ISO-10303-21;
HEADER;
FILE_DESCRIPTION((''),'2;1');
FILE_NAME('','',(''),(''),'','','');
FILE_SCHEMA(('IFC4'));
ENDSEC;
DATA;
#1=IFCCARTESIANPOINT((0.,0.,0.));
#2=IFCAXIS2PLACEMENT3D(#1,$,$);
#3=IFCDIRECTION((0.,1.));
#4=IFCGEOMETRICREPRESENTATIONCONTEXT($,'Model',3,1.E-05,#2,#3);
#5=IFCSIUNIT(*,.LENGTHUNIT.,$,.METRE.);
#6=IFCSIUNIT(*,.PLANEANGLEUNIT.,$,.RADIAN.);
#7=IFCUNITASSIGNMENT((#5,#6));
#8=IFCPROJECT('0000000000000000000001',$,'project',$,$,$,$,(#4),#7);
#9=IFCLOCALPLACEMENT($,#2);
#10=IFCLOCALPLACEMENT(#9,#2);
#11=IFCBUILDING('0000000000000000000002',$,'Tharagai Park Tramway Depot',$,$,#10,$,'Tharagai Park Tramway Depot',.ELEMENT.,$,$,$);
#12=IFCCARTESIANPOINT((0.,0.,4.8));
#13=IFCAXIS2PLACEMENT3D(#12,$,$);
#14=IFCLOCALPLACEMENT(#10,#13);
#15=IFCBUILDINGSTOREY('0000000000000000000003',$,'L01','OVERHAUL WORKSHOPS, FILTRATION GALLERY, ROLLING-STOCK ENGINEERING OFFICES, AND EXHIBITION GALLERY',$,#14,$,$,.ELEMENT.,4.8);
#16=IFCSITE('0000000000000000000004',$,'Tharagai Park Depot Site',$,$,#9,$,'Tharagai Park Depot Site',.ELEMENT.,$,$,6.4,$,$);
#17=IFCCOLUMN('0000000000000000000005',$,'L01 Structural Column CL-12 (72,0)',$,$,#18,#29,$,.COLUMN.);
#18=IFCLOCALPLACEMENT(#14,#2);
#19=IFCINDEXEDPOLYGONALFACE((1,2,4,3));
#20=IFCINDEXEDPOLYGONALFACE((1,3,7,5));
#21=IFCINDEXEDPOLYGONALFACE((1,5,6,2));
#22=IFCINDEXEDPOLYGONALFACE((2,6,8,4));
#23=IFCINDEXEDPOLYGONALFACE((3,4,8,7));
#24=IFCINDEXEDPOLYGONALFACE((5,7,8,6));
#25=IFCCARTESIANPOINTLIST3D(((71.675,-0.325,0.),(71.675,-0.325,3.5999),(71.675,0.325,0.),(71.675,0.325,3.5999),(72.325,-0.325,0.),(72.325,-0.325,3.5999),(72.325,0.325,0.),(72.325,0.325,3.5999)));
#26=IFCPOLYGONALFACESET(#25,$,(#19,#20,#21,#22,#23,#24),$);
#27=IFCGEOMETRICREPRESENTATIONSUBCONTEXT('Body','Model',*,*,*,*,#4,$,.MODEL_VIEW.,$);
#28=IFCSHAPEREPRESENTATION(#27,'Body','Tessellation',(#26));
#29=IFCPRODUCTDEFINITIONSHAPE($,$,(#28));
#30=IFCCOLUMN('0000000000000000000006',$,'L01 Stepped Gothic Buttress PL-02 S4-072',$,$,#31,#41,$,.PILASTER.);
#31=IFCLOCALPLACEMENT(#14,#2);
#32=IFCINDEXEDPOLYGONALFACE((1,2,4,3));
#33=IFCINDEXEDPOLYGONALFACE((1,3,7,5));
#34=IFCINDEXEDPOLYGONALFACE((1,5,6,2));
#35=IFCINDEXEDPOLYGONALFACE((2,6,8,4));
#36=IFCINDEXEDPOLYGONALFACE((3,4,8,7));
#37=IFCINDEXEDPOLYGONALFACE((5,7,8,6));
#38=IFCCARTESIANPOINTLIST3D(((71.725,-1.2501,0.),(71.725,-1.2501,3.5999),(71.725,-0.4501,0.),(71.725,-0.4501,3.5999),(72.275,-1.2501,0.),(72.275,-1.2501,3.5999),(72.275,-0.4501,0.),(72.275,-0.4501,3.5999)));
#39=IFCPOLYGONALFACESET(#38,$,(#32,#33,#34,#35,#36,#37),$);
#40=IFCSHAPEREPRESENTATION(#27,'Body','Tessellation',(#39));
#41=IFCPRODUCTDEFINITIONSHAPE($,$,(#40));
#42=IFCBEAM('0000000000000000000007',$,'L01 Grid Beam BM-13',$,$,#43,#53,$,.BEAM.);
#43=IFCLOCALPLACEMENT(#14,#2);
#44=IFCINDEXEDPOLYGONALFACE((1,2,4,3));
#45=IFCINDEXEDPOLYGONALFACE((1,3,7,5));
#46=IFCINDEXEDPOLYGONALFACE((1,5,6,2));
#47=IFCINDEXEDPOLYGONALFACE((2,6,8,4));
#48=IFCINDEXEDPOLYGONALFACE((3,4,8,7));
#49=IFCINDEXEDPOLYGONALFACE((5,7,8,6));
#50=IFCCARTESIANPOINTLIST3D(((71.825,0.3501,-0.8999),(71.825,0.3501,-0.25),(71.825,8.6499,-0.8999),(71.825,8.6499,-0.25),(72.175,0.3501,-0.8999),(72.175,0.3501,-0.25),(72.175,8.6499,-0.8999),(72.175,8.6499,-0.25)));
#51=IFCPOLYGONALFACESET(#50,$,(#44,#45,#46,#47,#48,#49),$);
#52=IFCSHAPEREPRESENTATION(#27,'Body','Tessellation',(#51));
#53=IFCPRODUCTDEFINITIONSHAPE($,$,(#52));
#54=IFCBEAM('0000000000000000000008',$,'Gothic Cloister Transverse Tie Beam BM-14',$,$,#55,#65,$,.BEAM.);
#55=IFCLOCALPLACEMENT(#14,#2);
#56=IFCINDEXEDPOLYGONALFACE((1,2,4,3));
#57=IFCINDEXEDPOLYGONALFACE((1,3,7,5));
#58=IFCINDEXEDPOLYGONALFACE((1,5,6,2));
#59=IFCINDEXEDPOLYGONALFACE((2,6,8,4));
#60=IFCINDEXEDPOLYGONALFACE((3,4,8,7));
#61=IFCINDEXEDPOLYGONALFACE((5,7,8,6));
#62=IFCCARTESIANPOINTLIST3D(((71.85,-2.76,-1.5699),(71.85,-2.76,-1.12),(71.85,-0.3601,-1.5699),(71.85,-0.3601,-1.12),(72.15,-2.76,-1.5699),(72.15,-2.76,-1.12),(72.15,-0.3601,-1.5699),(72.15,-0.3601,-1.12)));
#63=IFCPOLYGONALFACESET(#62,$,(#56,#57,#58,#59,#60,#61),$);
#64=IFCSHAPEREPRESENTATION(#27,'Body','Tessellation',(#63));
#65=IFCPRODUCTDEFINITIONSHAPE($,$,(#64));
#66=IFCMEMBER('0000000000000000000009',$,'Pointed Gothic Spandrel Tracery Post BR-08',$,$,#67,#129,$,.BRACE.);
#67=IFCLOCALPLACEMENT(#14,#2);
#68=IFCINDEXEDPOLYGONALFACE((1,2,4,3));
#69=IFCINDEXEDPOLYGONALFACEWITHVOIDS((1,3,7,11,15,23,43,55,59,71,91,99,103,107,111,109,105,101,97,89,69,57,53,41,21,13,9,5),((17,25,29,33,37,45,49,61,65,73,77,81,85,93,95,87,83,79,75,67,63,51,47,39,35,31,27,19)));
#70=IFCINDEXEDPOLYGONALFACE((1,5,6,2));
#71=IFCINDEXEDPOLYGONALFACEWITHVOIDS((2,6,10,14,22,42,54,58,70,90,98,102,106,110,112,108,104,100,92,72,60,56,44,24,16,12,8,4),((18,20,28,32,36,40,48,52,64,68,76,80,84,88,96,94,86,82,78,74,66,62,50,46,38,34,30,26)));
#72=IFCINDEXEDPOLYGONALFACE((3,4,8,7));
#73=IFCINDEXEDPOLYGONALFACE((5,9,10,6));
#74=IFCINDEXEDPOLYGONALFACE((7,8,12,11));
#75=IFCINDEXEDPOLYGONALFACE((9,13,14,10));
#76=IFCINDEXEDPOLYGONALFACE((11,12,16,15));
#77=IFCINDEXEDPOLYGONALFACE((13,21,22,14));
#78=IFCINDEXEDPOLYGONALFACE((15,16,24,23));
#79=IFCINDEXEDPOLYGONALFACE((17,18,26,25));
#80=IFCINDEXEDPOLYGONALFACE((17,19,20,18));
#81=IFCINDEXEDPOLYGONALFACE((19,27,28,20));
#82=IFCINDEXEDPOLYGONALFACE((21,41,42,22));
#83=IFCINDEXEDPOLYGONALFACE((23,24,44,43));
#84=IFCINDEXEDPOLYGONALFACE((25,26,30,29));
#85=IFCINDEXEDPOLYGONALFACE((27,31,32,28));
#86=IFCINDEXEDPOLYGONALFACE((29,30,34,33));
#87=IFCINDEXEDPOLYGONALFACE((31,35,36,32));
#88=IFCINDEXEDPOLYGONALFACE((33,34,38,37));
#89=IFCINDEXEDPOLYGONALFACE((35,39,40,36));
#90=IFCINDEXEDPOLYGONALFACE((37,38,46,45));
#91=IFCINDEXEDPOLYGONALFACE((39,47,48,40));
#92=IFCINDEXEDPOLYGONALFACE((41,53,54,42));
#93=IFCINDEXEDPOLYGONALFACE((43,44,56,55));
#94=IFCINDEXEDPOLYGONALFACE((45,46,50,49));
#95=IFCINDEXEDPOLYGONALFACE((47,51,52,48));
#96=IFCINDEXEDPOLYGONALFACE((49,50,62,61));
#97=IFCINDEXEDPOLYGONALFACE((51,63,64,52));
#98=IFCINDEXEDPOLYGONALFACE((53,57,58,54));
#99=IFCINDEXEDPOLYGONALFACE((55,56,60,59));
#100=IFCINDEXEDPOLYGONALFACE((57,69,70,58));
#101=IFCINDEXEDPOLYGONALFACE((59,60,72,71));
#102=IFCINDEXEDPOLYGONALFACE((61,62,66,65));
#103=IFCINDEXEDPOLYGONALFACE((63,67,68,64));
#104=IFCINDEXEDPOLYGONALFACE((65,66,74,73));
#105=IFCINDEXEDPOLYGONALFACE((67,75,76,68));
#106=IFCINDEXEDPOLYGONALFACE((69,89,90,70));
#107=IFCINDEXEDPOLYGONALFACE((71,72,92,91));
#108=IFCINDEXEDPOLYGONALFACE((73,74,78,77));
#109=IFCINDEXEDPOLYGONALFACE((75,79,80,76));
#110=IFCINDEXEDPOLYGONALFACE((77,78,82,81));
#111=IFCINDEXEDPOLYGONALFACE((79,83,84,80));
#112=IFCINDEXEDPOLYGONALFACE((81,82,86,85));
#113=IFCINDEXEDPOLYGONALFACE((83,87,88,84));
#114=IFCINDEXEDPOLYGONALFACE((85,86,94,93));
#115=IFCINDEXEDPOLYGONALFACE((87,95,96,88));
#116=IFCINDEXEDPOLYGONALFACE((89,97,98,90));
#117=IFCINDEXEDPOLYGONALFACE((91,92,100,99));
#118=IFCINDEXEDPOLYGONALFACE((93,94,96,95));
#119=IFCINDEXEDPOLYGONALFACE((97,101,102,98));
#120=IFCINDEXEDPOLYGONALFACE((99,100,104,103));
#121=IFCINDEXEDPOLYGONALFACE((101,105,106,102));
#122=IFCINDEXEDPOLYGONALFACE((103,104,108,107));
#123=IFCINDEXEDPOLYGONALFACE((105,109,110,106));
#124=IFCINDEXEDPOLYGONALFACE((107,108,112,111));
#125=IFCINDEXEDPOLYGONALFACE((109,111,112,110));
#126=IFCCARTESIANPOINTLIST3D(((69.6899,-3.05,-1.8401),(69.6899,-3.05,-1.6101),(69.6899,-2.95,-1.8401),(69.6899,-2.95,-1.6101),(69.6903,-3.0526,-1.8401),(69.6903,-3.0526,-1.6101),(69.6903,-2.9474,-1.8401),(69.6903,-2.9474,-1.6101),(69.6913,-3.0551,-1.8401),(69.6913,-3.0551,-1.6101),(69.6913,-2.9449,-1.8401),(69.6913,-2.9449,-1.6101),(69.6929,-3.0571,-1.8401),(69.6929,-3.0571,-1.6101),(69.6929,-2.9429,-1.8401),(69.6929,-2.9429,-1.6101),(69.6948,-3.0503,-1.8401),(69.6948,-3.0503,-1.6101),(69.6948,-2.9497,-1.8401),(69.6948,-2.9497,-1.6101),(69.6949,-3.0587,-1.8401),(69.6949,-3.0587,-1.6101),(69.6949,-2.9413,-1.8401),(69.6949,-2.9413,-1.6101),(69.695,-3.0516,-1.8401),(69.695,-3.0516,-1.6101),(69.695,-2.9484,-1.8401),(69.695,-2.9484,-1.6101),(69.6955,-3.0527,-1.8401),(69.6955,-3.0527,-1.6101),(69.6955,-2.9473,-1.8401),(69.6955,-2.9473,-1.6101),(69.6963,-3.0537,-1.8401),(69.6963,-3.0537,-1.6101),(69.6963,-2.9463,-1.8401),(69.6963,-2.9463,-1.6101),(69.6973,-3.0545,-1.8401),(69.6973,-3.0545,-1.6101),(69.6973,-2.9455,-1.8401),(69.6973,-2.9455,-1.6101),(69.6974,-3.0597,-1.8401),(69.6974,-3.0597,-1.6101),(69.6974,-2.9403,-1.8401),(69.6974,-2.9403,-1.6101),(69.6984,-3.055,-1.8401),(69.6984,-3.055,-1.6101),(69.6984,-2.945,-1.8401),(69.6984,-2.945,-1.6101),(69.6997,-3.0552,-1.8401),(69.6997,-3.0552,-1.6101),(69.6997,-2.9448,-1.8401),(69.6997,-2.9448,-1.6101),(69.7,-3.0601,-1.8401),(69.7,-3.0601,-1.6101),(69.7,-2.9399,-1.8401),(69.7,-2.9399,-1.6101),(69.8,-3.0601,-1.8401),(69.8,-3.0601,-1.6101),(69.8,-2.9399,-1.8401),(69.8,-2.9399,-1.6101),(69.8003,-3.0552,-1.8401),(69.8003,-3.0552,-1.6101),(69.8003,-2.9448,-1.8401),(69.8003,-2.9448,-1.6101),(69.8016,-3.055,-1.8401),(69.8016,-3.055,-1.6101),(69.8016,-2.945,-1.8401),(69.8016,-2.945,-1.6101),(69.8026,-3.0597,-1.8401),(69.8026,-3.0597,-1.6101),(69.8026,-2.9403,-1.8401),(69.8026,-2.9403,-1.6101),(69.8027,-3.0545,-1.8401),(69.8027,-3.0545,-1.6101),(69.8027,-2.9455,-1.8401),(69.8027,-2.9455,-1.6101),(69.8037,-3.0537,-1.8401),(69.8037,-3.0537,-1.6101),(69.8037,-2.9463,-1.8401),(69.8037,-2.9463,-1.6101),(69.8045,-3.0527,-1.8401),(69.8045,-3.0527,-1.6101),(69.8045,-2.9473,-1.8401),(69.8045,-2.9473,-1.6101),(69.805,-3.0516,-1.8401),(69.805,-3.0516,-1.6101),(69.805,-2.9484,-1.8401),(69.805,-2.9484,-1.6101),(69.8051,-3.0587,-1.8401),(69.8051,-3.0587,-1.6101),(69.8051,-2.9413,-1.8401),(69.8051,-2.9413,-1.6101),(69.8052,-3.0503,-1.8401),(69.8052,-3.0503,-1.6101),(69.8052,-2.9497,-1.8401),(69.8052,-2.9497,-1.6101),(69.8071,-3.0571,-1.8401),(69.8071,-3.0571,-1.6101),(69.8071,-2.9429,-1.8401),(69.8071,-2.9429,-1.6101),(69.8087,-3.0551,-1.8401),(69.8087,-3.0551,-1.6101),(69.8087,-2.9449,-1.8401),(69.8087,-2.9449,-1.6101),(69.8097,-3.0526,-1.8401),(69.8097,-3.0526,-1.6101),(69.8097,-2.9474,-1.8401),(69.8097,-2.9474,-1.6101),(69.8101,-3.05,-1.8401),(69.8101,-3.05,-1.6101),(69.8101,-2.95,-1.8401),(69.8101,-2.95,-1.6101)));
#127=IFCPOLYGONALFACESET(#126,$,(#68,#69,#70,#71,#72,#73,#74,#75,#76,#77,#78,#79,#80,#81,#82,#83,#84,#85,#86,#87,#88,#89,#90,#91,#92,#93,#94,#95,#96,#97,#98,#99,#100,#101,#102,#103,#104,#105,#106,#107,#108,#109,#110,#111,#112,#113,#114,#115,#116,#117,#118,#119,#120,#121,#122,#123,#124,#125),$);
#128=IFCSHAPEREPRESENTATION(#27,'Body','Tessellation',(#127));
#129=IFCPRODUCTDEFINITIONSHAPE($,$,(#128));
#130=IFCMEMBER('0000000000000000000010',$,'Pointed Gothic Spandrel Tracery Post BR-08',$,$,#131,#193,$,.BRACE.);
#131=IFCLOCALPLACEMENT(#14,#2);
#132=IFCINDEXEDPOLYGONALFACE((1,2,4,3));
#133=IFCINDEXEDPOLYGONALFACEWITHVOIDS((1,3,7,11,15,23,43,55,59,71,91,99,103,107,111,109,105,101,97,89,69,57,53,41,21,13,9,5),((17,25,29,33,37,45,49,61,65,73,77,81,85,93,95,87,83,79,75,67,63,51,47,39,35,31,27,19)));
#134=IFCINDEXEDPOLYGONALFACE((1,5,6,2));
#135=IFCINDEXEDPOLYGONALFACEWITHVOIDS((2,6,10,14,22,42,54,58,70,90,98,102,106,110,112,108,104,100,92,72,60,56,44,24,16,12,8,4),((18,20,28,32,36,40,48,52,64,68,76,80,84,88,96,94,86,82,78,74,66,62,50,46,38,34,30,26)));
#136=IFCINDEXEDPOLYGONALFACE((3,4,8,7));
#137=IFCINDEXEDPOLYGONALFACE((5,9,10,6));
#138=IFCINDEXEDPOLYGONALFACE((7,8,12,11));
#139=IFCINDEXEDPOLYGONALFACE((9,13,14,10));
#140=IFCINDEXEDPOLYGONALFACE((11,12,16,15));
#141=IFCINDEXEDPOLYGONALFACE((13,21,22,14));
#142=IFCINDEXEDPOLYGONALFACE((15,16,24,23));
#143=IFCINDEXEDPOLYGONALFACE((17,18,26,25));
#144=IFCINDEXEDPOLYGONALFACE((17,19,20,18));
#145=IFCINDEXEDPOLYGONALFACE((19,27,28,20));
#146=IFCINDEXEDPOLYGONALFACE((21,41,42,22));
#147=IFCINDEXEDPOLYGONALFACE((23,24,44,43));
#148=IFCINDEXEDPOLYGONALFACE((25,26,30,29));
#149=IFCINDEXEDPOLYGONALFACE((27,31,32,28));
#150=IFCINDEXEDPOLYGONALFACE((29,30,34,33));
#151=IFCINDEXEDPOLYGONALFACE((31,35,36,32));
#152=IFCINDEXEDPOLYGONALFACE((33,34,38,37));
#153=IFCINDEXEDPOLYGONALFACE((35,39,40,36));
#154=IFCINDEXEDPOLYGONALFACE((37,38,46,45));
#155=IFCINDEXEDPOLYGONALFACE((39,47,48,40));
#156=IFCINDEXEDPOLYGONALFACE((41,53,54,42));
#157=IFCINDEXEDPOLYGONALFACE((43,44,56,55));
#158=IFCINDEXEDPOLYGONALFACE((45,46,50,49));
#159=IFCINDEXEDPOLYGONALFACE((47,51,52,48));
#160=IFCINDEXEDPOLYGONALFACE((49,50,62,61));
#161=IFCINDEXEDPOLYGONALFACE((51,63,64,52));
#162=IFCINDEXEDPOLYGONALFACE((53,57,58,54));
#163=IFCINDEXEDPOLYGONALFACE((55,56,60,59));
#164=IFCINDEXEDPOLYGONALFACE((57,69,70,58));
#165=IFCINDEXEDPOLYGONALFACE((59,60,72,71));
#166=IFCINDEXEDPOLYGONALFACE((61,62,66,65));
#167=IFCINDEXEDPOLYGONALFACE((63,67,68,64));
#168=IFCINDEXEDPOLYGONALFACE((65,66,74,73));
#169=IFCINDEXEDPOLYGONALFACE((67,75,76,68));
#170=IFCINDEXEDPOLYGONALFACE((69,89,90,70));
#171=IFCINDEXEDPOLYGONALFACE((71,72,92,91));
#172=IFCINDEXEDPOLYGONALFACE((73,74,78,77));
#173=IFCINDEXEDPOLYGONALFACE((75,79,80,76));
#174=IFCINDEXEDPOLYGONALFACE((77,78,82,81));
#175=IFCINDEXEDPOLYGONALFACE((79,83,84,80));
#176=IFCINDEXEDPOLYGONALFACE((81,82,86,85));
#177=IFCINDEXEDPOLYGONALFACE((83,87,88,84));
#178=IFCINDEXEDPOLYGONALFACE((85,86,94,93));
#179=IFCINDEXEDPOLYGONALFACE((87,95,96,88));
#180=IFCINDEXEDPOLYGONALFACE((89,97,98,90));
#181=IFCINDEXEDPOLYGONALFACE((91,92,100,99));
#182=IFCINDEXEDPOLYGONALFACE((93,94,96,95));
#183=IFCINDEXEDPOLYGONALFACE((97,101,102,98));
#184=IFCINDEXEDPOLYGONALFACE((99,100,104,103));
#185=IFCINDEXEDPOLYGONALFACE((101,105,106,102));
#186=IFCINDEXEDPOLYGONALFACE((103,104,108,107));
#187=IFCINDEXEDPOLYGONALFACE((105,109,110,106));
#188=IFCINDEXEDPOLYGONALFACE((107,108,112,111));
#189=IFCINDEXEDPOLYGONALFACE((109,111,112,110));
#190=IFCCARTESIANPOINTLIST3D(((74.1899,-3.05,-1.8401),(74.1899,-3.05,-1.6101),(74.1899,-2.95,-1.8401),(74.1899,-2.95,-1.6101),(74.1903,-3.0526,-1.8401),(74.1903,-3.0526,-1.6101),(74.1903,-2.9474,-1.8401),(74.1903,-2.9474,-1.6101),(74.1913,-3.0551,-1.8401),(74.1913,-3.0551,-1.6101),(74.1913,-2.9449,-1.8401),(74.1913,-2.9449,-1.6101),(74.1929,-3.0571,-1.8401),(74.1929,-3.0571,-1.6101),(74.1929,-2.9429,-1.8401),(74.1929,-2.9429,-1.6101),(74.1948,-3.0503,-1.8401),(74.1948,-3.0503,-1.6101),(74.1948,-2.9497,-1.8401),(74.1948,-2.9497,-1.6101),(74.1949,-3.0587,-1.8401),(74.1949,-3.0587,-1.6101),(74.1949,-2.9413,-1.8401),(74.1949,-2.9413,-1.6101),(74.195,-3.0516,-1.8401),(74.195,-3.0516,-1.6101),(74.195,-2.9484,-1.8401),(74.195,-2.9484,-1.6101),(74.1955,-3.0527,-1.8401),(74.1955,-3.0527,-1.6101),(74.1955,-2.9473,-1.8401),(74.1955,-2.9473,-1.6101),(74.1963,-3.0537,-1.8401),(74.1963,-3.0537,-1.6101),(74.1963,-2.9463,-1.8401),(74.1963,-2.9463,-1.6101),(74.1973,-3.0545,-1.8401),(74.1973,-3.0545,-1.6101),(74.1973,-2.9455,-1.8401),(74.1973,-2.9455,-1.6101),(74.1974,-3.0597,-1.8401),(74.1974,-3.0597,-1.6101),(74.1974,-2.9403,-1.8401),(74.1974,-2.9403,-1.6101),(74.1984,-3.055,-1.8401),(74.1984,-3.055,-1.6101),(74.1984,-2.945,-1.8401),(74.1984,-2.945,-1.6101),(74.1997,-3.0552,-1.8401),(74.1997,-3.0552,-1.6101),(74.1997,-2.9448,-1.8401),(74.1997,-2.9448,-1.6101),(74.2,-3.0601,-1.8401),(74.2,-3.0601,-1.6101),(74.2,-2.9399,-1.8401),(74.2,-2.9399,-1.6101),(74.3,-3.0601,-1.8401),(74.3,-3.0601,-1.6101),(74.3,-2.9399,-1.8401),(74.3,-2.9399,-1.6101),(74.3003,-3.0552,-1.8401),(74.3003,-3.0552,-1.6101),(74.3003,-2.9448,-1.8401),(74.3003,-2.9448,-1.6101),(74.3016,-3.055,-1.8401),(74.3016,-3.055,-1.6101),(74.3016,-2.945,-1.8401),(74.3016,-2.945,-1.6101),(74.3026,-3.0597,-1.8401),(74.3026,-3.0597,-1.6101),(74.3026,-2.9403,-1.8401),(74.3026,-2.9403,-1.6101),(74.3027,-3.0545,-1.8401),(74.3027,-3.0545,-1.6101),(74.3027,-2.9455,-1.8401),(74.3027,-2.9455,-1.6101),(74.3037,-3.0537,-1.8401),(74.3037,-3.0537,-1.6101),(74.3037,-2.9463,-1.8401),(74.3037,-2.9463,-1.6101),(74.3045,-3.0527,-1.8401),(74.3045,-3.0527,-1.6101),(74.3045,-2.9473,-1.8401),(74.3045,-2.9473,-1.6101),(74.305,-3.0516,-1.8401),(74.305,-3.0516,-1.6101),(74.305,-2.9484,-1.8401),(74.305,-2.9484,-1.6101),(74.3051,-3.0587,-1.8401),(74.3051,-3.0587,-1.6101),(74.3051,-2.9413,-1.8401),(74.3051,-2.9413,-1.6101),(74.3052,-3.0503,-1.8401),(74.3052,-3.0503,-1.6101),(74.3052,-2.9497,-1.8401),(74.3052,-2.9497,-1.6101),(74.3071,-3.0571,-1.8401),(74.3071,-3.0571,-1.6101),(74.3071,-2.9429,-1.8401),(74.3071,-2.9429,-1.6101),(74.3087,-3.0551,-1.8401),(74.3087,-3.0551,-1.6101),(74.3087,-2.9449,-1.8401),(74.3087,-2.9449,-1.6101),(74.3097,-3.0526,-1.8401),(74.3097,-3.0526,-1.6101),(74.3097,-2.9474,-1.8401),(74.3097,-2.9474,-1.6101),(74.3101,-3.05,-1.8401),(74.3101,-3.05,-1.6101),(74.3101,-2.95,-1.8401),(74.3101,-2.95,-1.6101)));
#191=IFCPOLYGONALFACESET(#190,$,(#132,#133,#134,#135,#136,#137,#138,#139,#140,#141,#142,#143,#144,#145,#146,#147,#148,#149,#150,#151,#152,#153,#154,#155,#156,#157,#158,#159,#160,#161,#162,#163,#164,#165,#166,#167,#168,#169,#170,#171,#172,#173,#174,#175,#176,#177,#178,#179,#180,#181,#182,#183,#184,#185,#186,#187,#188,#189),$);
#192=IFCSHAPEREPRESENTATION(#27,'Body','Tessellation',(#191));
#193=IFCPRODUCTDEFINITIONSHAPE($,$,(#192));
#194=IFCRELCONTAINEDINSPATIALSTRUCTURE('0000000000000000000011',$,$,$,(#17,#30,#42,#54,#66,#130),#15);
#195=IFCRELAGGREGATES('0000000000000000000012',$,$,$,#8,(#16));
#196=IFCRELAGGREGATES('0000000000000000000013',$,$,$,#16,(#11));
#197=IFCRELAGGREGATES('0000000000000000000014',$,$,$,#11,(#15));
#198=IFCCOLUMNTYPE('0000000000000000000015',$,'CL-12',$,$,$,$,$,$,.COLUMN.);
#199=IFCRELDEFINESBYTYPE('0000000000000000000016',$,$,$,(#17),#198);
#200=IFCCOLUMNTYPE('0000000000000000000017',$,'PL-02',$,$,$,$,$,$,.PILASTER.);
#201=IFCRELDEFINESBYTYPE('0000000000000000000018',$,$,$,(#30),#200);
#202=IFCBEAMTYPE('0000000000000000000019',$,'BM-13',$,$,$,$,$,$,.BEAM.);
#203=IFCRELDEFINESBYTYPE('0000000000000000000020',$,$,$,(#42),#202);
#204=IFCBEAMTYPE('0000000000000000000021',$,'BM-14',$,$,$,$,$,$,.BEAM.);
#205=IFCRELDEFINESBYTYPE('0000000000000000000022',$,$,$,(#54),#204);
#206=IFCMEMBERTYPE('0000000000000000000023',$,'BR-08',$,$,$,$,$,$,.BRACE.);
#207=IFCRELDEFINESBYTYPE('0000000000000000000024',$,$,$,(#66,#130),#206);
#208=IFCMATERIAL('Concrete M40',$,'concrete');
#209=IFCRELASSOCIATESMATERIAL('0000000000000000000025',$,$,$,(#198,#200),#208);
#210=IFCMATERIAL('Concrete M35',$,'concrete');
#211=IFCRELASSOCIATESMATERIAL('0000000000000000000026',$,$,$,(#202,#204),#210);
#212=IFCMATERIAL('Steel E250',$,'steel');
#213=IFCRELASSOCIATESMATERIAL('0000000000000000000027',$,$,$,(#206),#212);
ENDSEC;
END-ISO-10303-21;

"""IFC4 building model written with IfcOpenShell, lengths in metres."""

from ifc_helpers import new_model, si_unit, direction, frame, origin, origin_2d, place, context, subcontext, project, spatial, rectangle, hollow_rectangle, extrude, material, material_profile, profile_set, type_object, element, save


model = new_model("IFC4")

# Units and contexts
model_context = context("Model", 3, precision=1e-05, world=origin(), true_north=direction((0.0, 1.0)))
body_context = subcontext(model_context, "Body", "Model", "MODEL_VIEW")
ifc_project = project(units=[si_unit("LENGTHUNIT", "METRE"), si_unit("PLANEANGLEUNIT", "RADIAN")], contexts=[model_context])

# Site, building, storey
site_placement = place(None, origin())
site = spatial("IfcSite", under=ifc_project, at=site_placement, Name="Tharagai Park Depot Site", LongName="Tharagai Park Depot Site", CompositionType="ELEMENT", RefElevation=6.4)
building_placement = place(site_placement, origin())
building = spatial("IfcBuilding", under=site, at=building_placement, Name="Tharagai Park Tramway Depot", LongName="Tharagai Park Tramway Depot", CompositionType="ELEMENT")
storey_placement = place(building_placement, frame((0.0, 0.0, 4.8)))
storey = spatial("IfcBuildingStorey", under=building, at=storey_placement, Name="L01", Description="OVERHAUL WORKSHOPS, FILTRATION GALLERY, ROLLING-STOCK ENGINEERING OFFICES, AND EXHIBITION GALLERY", CompositionType="ELEMENT", Elevation=4.8)

# Columns
ifc_material_1 = material(Name="Concrete M40", Category="concrete")
ifc_material_profile_1 = material_profile(ifc_material_1, rectangle(XDim=0.6499, YDim=0.6499, at=origin_2d()), Name="RC 650x650")
ifc_profile_set_1 = profile_set([ifc_material_profile_1], Name="Concrete M40")
column_type_1 = type_object("IfcColumnType", Name="CL-12", PredefinedType="COLUMN", material=ifc_profile_set_1)
column_1_placement = place(storey_placement, frame((72.0, 0.0, 0.0), z_axis=(0.0, 0.0, 1.0), x_axis=(1.0, 0.0, 0.0)))
element("IfcColumn", 1, at=column_1_placement, inside=storey, type_object=column_type_1, Name="L01 Structural Column CL-12 (72,0)", PredefinedType="COLUMN", context=body_context, shape_type="SweptSolid", body=[
    extrude(rectangle(XDim=0.6499, YDim=0.6499, at=origin_2d()), origin(), (0.0, 0.0, 1.0), 3.5999),
])
ifc_material_profile_2 = material_profile(ifc_material_1, rectangle(XDim=0.55, YDim=0.8, at=origin_2d()), Name="RC 550x800")
ifc_profile_set_2 = profile_set([ifc_material_profile_2], Name="Concrete M40")
column_type_2 = type_object("IfcColumnType", Name="PL-02", PredefinedType="PILASTER", material=ifc_profile_set_2)
column_2_placement = place(storey_placement, frame((72.0, -0.8501, 0.0), z_axis=(0.0, 0.0, 1.0), x_axis=(1.0, 0.0, 0.0)))
element("IfcColumn", 2, at=column_2_placement, inside=storey, type_object=column_type_2, Name="L01 Stepped Gothic Buttress PL-02 S4-072", PredefinedType="PILASTER", context=body_context, shape_type="SweptSolid", body=[
    extrude(rectangle(XDim=0.55, YDim=0.8, at=origin_2d()), origin(), (0.0, 0.0, 1.0), 3.5999),
])

# Beams
ifc_material_2 = material(Name="Concrete M35", Category="concrete")
ifc_material_profile_3 = material_profile(ifc_material_2, rectangle(XDim=0.3501, YDim=0.6499, at=origin_2d()), Name="RC 350x650")
ifc_profile_set_3 = profile_set([ifc_material_profile_3], Name="Concrete M35")
beam_type_1 = type_object("IfcBeamType", Name="BM-13", PredefinedType="BEAM", material=ifc_profile_set_3)
beam_1_placement = place(storey_placement, frame((72.0, 0.3501, -0.575), z_axis=(0.0, 1.0, 0.0), x_axis=(-1.0, 0.0, 0.0)))
element("IfcBeam", 3, at=beam_1_placement, inside=storey, type_object=beam_type_1, Name="L01 Grid Beam BM-13", PredefinedType="BEAM", context=body_context, shape_type="SweptSolid", body=[
    extrude(rectangle(XDim=0.3501, YDim=0.6499, at=origin_2d()), origin(), (0.0, 0.0, 1.0), 8.2998),
])
ifc_material_profile_4 = material_profile(ifc_material_2, rectangle(XDim=0.3, YDim=0.45, at=origin_2d()), Name="RC 300x450")
ifc_profile_set_4 = profile_set([ifc_material_profile_4], Name="Concrete M35")
beam_type_2 = type_object("IfcBeamType", Name="BM-14", PredefinedType="BEAM", material=ifc_profile_set_4)
beam_2_placement = place(storey_placement, frame((72.0, -2.76, -1.345), z_axis=(0.0, 1.0, 0.0), x_axis=(-1.0, 0.0, 0.0)))
element("IfcBeam", 4, at=beam_2_placement, inside=storey, type_object=beam_type_2, Name="Gothic Cloister Transverse Tie Beam BM-14", PredefinedType="BEAM", context=body_context, shape_type="SweptSolid", body=[
    extrude(rectangle(XDim=0.3, YDim=0.45, at=origin_2d()), origin(), (0.0, 0.0, 1.0), 2.3999),
])

# Members
ifc_material_3 = material(Name="Steel E250", Category="steel")
ifc_material_profile_5 = material_profile(ifc_material_3, hollow_rectangle(XDim=0.1201, YDim=0.1201, WallThickness=0.0049, InnerFilletRadius=0.0049, OuterFilletRadius=0.01, at=origin_2d()), Name="SHS 120x120x5")
ifc_profile_set_5 = profile_set([ifc_material_profile_5], Name="Steel E250")
member_type_1 = type_object("IfcMemberType", Name="BR-08", PredefinedType="BRACE", material=ifc_profile_set_5)
for number, where, z_axis, x_axis, name in (
    (5, (69.75, -3.0, -1.8401), (0.0, 0.0, 1.0), (1.0, 0.0, 0.0), "Pointed Gothic Spandrel Tracery Post BR-08"),
    (6, (74.25, -3.0, -1.8401), (0.0, 0.0, 1.0), (1.0, 0.0, 0.0), "Pointed Gothic Spandrel Tracery Post BR-08"),
):
    element("IfcMember", number, at=place(storey_placement, frame(where, z_axis=z_axis, x_axis=x_axis)), inside=storey, type_object=member_type_1, Name=name, PredefinedType="BRACE", context=body_context, shape_type="SweptSolid", body=[
        extrude(hollow_rectangle(XDim=0.1201, YDim=0.1201, WallThickness=0.0049, InnerFilletRadius=0.0049, OuterFilletRadius=0.01, at=origin_2d()), origin(), (0.0, 0.0, 1.0), 0.23),
    ])

save(model, "model.ifc")
